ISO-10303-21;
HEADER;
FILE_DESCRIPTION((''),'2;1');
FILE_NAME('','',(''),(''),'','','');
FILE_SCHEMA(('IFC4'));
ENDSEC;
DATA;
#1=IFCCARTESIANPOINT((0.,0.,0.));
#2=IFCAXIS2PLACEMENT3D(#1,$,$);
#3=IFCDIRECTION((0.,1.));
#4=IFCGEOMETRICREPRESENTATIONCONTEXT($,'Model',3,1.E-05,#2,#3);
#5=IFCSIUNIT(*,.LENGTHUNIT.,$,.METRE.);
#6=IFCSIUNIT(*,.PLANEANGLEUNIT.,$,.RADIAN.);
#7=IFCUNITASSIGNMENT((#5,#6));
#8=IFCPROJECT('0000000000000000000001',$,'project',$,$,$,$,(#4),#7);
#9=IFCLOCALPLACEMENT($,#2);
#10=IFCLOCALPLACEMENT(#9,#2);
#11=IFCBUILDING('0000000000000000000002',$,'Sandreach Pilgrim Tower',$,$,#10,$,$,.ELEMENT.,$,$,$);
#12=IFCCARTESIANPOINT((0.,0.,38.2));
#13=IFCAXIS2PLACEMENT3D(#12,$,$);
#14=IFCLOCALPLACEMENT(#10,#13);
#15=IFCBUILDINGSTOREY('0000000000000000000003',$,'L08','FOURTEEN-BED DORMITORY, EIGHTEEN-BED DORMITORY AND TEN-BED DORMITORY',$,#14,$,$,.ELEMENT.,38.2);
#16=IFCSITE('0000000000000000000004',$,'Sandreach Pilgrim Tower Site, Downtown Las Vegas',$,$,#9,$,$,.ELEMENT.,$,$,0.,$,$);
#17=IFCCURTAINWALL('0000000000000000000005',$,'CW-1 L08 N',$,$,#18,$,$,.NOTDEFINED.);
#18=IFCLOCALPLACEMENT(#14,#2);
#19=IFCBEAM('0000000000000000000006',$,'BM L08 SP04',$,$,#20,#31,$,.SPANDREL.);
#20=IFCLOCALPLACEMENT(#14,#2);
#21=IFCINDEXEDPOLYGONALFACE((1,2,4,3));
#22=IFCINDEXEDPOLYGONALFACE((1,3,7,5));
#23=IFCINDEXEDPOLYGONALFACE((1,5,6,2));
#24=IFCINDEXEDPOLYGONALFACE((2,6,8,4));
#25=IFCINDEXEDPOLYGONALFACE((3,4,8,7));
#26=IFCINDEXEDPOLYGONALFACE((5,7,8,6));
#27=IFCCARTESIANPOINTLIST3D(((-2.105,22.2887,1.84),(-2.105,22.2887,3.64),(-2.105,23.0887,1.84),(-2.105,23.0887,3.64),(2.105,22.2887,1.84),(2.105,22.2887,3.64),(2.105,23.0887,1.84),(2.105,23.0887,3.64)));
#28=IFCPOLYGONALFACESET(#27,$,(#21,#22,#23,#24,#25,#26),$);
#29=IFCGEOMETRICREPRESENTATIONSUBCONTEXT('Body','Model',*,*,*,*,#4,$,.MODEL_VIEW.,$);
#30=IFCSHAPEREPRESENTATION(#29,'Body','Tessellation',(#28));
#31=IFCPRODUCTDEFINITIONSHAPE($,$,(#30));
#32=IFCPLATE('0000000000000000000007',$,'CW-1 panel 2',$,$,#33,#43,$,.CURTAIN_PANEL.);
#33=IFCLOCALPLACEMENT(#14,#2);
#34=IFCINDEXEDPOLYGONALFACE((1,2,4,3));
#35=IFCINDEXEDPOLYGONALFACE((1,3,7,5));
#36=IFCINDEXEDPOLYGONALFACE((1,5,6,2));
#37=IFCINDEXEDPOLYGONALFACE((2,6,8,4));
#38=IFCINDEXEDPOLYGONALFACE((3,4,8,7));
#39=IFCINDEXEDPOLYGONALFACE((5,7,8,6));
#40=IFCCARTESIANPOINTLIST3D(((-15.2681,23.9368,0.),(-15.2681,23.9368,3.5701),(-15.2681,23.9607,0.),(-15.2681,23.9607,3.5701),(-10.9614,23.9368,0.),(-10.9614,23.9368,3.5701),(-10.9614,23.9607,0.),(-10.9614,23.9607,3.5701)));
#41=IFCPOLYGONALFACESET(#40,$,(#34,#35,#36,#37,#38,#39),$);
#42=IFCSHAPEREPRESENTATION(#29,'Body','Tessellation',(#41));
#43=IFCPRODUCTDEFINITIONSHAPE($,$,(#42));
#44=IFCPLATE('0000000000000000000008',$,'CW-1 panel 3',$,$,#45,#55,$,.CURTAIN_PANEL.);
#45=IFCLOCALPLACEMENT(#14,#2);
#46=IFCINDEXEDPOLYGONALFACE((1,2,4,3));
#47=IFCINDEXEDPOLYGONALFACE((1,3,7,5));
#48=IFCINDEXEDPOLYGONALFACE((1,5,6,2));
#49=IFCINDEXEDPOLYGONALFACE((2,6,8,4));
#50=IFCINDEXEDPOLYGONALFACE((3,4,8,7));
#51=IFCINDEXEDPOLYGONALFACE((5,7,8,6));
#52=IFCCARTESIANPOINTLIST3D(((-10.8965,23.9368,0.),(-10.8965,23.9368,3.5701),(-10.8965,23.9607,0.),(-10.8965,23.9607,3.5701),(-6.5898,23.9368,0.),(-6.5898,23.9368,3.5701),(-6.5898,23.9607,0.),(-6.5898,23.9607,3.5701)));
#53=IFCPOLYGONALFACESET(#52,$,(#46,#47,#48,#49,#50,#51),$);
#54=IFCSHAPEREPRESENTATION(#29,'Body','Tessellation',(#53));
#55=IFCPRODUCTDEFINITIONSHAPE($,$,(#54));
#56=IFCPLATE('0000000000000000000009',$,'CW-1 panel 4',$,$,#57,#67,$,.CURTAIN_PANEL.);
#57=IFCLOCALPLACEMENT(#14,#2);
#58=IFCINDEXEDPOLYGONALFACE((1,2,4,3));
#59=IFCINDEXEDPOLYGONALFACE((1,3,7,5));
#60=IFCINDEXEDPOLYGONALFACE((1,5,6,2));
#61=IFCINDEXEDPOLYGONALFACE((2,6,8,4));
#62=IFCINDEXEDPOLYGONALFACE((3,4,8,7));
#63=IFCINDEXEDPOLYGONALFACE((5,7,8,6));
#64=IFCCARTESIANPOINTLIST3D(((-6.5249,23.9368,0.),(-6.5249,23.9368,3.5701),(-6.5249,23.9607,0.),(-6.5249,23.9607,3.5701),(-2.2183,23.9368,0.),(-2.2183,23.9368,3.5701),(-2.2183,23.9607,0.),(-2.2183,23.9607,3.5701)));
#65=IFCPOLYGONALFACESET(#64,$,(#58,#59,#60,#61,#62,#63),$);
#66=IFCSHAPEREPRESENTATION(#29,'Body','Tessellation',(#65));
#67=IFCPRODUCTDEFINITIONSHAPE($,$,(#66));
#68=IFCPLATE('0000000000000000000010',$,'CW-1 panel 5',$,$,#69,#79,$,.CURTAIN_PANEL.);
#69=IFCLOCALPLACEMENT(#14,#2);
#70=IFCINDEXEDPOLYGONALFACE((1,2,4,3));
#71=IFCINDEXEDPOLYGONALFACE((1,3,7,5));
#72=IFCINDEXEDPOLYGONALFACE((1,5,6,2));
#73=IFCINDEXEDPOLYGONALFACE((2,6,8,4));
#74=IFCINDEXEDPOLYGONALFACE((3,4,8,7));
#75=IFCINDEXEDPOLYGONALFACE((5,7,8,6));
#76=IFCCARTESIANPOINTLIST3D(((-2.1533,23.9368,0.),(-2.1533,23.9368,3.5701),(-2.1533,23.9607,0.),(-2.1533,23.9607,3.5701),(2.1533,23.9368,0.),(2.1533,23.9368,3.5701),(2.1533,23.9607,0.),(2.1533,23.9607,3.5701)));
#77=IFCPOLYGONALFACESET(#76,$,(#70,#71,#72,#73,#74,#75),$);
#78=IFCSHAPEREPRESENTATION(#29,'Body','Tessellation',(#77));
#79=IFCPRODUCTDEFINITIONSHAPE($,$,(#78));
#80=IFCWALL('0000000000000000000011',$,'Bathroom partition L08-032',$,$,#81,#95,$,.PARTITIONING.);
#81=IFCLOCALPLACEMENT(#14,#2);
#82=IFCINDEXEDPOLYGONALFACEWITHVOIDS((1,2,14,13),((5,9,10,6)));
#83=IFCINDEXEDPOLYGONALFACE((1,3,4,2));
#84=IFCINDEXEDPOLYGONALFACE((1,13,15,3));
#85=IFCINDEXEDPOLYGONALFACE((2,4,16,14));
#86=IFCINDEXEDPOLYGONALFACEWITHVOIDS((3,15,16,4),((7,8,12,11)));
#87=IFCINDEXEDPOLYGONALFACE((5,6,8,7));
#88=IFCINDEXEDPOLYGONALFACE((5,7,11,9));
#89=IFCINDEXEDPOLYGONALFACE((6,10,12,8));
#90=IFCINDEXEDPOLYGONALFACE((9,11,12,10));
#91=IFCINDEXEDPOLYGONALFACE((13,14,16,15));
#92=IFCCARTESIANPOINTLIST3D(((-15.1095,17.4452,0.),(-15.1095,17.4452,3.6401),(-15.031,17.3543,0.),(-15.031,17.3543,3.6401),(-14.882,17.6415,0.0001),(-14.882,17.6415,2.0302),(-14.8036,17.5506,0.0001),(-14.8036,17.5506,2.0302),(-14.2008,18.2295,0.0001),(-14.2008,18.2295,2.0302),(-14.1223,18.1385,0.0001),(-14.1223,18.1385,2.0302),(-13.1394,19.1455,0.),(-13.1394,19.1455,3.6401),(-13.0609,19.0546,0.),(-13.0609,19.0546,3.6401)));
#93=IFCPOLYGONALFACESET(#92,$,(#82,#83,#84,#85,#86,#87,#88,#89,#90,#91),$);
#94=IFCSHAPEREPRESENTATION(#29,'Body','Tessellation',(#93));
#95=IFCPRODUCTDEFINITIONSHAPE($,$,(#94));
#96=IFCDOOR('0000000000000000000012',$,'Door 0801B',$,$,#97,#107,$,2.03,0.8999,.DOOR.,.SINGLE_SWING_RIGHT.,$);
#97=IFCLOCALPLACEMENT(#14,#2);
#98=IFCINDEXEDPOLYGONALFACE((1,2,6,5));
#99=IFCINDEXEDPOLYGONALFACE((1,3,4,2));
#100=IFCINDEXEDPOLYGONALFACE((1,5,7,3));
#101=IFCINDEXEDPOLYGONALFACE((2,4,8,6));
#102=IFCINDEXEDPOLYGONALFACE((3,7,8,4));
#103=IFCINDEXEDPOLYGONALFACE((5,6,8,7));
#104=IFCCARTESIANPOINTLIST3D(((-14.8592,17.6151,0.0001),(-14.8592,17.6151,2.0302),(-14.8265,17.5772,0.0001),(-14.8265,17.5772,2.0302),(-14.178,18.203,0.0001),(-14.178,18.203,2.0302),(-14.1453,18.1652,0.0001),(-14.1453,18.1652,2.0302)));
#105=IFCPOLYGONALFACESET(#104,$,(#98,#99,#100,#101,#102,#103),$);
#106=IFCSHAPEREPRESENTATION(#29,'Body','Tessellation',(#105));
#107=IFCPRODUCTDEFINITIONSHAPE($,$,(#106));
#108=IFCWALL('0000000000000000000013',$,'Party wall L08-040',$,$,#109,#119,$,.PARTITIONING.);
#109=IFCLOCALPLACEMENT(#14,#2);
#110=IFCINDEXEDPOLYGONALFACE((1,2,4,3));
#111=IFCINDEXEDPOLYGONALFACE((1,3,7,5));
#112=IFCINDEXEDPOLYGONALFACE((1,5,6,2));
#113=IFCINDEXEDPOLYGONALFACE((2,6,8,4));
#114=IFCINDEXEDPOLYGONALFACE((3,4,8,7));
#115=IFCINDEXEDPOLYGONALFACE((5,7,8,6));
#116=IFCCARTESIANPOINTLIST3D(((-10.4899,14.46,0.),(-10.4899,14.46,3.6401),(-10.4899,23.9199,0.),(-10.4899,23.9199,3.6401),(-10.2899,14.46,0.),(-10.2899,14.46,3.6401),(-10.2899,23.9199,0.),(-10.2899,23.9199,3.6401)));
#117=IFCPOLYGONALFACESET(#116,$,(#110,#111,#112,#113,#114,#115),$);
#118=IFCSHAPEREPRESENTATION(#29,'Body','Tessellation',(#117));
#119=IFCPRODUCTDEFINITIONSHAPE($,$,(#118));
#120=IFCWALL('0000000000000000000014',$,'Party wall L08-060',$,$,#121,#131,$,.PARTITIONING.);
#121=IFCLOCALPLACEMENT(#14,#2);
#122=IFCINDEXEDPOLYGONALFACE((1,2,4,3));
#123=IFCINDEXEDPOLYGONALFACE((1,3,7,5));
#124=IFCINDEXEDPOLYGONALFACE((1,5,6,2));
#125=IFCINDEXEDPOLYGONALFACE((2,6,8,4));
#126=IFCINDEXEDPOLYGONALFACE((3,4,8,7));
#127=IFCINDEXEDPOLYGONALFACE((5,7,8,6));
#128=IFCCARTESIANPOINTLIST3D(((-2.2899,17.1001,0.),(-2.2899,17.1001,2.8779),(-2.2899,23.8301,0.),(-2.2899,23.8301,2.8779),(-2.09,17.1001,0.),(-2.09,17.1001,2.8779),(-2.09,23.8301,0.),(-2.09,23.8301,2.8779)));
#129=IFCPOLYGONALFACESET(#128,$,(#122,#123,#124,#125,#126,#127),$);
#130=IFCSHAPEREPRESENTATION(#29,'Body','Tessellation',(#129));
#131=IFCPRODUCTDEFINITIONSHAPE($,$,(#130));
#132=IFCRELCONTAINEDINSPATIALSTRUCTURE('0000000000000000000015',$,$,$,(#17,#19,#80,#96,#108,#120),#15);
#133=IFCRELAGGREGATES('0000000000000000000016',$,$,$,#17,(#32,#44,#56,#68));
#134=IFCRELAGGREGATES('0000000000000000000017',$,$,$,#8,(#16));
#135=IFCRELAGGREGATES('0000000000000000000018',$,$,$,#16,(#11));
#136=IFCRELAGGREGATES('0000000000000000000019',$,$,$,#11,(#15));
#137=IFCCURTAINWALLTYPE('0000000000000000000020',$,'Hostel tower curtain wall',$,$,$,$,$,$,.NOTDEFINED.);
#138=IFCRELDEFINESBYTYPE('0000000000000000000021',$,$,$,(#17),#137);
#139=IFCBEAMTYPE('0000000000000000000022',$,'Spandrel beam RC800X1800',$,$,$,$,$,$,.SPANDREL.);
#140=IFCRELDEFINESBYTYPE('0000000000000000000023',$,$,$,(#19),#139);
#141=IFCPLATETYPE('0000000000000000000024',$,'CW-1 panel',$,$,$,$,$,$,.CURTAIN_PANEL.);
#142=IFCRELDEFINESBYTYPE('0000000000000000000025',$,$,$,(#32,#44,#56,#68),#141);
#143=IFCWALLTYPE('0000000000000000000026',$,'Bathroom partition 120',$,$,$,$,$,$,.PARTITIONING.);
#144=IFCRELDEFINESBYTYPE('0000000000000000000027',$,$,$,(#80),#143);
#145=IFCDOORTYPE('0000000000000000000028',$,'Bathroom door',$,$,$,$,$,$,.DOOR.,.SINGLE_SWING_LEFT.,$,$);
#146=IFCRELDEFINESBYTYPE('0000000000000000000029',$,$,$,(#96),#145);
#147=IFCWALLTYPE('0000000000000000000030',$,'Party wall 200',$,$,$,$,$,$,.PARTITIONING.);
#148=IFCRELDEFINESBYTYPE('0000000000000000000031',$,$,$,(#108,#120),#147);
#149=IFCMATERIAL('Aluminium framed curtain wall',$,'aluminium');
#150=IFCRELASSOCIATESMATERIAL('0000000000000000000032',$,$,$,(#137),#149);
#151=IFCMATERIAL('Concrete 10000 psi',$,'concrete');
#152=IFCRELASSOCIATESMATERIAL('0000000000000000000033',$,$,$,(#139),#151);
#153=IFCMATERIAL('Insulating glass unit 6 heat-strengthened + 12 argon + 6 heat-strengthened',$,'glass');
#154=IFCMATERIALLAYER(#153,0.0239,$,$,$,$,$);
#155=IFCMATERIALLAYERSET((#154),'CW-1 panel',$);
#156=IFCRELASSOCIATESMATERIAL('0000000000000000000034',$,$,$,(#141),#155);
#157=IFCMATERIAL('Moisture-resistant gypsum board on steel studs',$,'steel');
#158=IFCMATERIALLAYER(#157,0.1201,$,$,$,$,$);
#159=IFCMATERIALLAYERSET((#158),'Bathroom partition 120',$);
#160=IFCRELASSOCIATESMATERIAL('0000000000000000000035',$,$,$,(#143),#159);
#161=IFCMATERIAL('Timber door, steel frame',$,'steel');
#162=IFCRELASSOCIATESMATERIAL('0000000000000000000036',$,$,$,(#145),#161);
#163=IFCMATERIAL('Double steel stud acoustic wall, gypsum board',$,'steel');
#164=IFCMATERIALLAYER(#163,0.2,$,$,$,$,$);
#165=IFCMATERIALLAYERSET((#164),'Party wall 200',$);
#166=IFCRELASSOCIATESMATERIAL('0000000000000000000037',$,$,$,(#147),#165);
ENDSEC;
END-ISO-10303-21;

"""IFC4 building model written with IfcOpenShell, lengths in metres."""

from ifc_helpers import new_model, si_unit, direction, frame, frame_2d, origin, origin_2d, place, context, subcontext, project, spatial, rectangle, extrude, material, layer, layer_set, material_profile, profile_set, type_object, element, fill, aggregate, save


model = new_model("IFC4")

# Units and contexts
model_context = context("Model", 3, precision=1e-05, world=origin(), true_north=direction((0.0, 1.0)))
body_context = subcontext(model_context, "Body", "Model", "MODEL_VIEW")
ifc_project = project(units=[si_unit("LENGTHUNIT", "METRE"), si_unit("PLANEANGLEUNIT", "RADIAN")], contexts=[model_context])

# Site, building, storey
site_placement = place(None, origin())
site = spatial("IfcSite", under=ifc_project, at=site_placement, Name="Sandreach Pilgrim Tower Site, Downtown Las Vegas", CompositionType="ELEMENT", RefElevation=0.0)
building_placement = place(site_placement, origin())
building = spatial("IfcBuilding", under=site, at=building_placement, Name="Sandreach Pilgrim Tower", CompositionType="ELEMENT")
storey_placement = place(building_placement, frame((0.0, 0.0, 38.2)))
storey = spatial("IfcBuildingStorey", under=building, at=storey_placement, Name="L08", Description="FOURTEEN-BED DORMITORY, EIGHTEEN-BED DORMITORY AND TEN-BED DORMITORY", CompositionType="ELEMENT", Elevation=38.2)

# Curtain wall
ifc_material_1 = material(Name="Aluminium framed curtain wall", Category="aluminium")
curtain_wall_type = type_object("IfcCurtainWallType", Name="Hostel tower curtain wall", PredefinedType="NOTDEFINED", material=ifc_material_1)
curtain_wall_placement = place(storey_placement, origin())
curtain_wall = element("IfcCurtainWall", 1, at=curtain_wall_placement, inside=storey, type_object=curtain_wall_type, Name="CW-1 L08 N", PredefinedType="NOTDEFINED")

# Beam
ifc_material_2 = material(Name="Concrete 10000 psi", Category="concrete")
ifc_material_profile_1 = material_profile(ifc_material_2, rectangle(XDim=0.8, YDim=1.8, at=origin_2d()), Name="RC800X1800")
ifc_profile_set_1 = profile_set([ifc_material_profile_1], Name="Concrete 10000 psi")
beam_type_1 = type_object("IfcBeamType", Name="Spandrel beam RC800X1800", PredefinedType="SPANDREL", material=ifc_profile_set_1)
for number, where, z_axis, x_axis, name in (
    (2, (-2.105, 22.6887, 2.74), (1.0, 0.0, 0.0), (0.0, 1.0, 0.0), "BM L08 SP04"),
):
    element("IfcBeam", number, at=place(storey_placement, frame(where, z_axis=z_axis, x_axis=x_axis)), inside=storey, type_object=beam_type_1, Name=name, PredefinedType="SPANDREL", context=body_context, shape_type="SweptSolid", body=[
        extrude(rectangle(XDim=0.8, YDim=1.8, at=origin_2d()), origin(), (0.0, 0.0, 1.0), 4.21),
    ])

# Plates
ifc_material_3 = material(Name="Insulating glass unit 6 heat-strengthened + 12 argon + 6 heat-strengthened", Category="glass")
ifc_layer_1 = layer(ifc_material_3, 0.0239)
ifc_layer_set_1 = layer_set([ifc_layer_1], Name="CW-1 panel")
plate_type = type_object("IfcPlateType", Name="CW-1 panel", PredefinedType="CURTAIN_PANEL", material=ifc_layer_set_1)
plate_1_placement = place(storey_placement, frame((-13.1147, 23.9487, 0.0), z_axis=(0.0, 0.0, 1.0), x_axis=(1.0, 0.0, 0.0)))
plate_1 = element("IfcPlate", 3, at=plate_1_placement, type_object=plate_type, Name="CW-1 panel 2", PredefinedType="CURTAIN_PANEL", context=body_context, shape_type="SweptSolid", body=[
    extrude(rectangle(XDim=4.3066, YDim=0.0239, at=origin_2d()), origin(), (0.0, 0.0, 1.0), 3.5701),
])
plate_2_placement = place(storey_placement, frame((-8.7432, 23.9487, 0.0), z_axis=(0.0, 0.0, 1.0), x_axis=(1.0, 0.0, 0.0)))
plate_2 = element("IfcPlate", 4, at=plate_2_placement, type_object=plate_type, Name="CW-1 panel 3", PredefinedType="CURTAIN_PANEL", context=body_context, shape_type="SweptSolid", body=[
    extrude(rectangle(XDim=4.3066, YDim=0.0239, at=origin_2d()), origin(), (0.0, 0.0, 1.0), 3.5701),
])
plate_3_placement = place(storey_placement, frame((-4.3716, 23.9487, 0.0), z_axis=(0.0, 0.0, 1.0), x_axis=(1.0, 0.0, 0.0)))
plate_3 = element("IfcPlate", 5, at=plate_3_placement, type_object=plate_type, Name="CW-1 panel 4", PredefinedType="CURTAIN_PANEL", context=body_context, shape_type="SweptSolid", body=[
    extrude(rectangle(XDim=4.3066, YDim=0.0239, at=origin_2d()), origin(), (0.0, 0.0, 1.0), 3.5701),
])
plate_4_placement = place(storey_placement, frame((0.0, 23.9487, 0.0), z_axis=(0.0, 0.0, 1.0), x_axis=(1.0, 0.0, 0.0)))
plate_4 = element("IfcPlate", 6, at=plate_4_placement, type_object=plate_type, Name="CW-1 panel 5", PredefinedType="CURTAIN_PANEL", context=body_context, shape_type="SweptSolid", body=[
    extrude(rectangle(XDim=4.3066, YDim=0.0239, at=origin_2d()), origin(), (0.0, 0.0, 1.0), 3.5701),
])
aggregate(curtain_wall, [plate_1, plate_2, plate_3, plate_4])

# Wall, opening, door
ifc_material_4 = material(Name="Moisture-resistant gypsum board on steel studs", Category="steel")
ifc_layer_2 = layer(ifc_material_4, 0.1201)
ifc_layer_set_2 = layer_set([ifc_layer_2], Name="Bathroom partition 120")
wall_type_1 = type_object("IfcWallType", Name="Bathroom partition 120", PredefinedType="PARTITIONING", material=ifc_layer_set_2)
wall_1_placement = place(storey_placement, frame((-13.1001, 19.1001, 0.0), z_axis=(0.0, 0.0, 1.0), x_axis=(-0.75704, -0.653368, 0.0)))
wall_1 = element("IfcWall", 7, at=wall_1_placement, inside=storey, type_object=wall_type_1, Name="Bathroom partition L08-032", PredefinedType="PARTITIONING", context=body_context, shape_type="SweptSolid", body=[
    extrude(rectangle(XDim=2.6023, YDim=0.1201, at=frame_2d((1.3013, 0.0))), origin(), (0.0, 0.0, 1.0), 3.6401),
])
opening_placement = place(wall_1_placement, frame((1.4021, 0.0, 0.0)))
opening = element("IfcOpeningElement", 8, at=opening_placement, cuts=wall_1, PredefinedType="OPENING", context=body_context, shape_type="SweptSolid", body=[
    extrude(rectangle(XDim=0.8999, YDim=2.03, at=frame_2d((0.45, 1.0151))), frame((0.0, 0.0601, 0.0), z_axis=(0.0, -1.0, 0.0), x_axis=(1.0, 0.0, 0.0)), (0.0, 0.0, 1.0), 0.1201),
])
ifc_material_5 = material(Name="Timber door, steel frame", Category="steel")
door_type = type_object("IfcDoorType", Name="Bathroom door", OperationType="SINGLE_SWING_LEFT", PredefinedType="DOOR", material=ifc_material_5)
door_placement = place(opening_placement, origin())
door = element("IfcDoor", 9, at=door_placement, inside=storey, type_object=door_type, Name="Door 0801B", OperationType="SINGLE_SWING_RIGHT", OverallHeight=2.03, OverallWidth=0.8999, PredefinedType="DOOR", context=body_context, shape_type="SweptSolid", body=[
    extrude(rectangle(XDim=0.8999, YDim=2.03, at=frame_2d((0.45, 1.0151))), frame((0.0, 0.0249, 0.0), z_axis=(0.0, -1.0, 0.0), x_axis=(1.0, 0.0, 0.0)), (0.0, 0.0, 1.0), 0.05),
])
fill(opening, door)

# Walls
ifc_material_6 = material(Name="Double steel stud acoustic wall, gypsum board", Category="steel")
ifc_layer_3 = layer(ifc_material_6, 0.2)
ifc_layer_set_3 = layer_set([ifc_layer_3], Name="Party wall 200")
wall_type_2 = type_object("IfcWallType", Name="Party wall 200", PredefinedType="PARTITIONING", material=ifc_layer_set_3)
wall_2_placement = place(storey_placement, frame((-10.3899, 23.9199, 0.0), z_axis=(0.0, 0.0, 1.0), x_axis=(0.0, -1.0, 0.0)))
element("IfcWall", 10, at=wall_2_placement, inside=storey, type_object=wall_type_2, Name="Party wall L08-040", PredefinedType="PARTITIONING", context=body_context, shape_type="SweptSolid", body=[
    extrude(rectangle(XDim=9.46, YDim=0.2, at=frame_2d((4.73, 0.0))), origin(), (0.0, 0.0, 1.0), 3.6401),
])
wall_3_placement = place(storey_placement, frame((-2.1899, 23.8301, 0.0), z_axis=(0.0, 0.0, 1.0), x_axis=(0.0, -1.0, 0.0)))
element("IfcWall", 11, at=wall_3_placement, inside=storey, type_object=wall_type_2, Name="Party wall L08-060", PredefinedType="PARTITIONING", context=body_context, shape_type="SweptSolid", body=[
    extrude(rectangle(XDim=6.73, YDim=0.2, at=frame_2d((3.365, 0.0))), origin(), (0.0, 0.0, 1.0), 2.8779),
])

save(model, "model.ifc")
